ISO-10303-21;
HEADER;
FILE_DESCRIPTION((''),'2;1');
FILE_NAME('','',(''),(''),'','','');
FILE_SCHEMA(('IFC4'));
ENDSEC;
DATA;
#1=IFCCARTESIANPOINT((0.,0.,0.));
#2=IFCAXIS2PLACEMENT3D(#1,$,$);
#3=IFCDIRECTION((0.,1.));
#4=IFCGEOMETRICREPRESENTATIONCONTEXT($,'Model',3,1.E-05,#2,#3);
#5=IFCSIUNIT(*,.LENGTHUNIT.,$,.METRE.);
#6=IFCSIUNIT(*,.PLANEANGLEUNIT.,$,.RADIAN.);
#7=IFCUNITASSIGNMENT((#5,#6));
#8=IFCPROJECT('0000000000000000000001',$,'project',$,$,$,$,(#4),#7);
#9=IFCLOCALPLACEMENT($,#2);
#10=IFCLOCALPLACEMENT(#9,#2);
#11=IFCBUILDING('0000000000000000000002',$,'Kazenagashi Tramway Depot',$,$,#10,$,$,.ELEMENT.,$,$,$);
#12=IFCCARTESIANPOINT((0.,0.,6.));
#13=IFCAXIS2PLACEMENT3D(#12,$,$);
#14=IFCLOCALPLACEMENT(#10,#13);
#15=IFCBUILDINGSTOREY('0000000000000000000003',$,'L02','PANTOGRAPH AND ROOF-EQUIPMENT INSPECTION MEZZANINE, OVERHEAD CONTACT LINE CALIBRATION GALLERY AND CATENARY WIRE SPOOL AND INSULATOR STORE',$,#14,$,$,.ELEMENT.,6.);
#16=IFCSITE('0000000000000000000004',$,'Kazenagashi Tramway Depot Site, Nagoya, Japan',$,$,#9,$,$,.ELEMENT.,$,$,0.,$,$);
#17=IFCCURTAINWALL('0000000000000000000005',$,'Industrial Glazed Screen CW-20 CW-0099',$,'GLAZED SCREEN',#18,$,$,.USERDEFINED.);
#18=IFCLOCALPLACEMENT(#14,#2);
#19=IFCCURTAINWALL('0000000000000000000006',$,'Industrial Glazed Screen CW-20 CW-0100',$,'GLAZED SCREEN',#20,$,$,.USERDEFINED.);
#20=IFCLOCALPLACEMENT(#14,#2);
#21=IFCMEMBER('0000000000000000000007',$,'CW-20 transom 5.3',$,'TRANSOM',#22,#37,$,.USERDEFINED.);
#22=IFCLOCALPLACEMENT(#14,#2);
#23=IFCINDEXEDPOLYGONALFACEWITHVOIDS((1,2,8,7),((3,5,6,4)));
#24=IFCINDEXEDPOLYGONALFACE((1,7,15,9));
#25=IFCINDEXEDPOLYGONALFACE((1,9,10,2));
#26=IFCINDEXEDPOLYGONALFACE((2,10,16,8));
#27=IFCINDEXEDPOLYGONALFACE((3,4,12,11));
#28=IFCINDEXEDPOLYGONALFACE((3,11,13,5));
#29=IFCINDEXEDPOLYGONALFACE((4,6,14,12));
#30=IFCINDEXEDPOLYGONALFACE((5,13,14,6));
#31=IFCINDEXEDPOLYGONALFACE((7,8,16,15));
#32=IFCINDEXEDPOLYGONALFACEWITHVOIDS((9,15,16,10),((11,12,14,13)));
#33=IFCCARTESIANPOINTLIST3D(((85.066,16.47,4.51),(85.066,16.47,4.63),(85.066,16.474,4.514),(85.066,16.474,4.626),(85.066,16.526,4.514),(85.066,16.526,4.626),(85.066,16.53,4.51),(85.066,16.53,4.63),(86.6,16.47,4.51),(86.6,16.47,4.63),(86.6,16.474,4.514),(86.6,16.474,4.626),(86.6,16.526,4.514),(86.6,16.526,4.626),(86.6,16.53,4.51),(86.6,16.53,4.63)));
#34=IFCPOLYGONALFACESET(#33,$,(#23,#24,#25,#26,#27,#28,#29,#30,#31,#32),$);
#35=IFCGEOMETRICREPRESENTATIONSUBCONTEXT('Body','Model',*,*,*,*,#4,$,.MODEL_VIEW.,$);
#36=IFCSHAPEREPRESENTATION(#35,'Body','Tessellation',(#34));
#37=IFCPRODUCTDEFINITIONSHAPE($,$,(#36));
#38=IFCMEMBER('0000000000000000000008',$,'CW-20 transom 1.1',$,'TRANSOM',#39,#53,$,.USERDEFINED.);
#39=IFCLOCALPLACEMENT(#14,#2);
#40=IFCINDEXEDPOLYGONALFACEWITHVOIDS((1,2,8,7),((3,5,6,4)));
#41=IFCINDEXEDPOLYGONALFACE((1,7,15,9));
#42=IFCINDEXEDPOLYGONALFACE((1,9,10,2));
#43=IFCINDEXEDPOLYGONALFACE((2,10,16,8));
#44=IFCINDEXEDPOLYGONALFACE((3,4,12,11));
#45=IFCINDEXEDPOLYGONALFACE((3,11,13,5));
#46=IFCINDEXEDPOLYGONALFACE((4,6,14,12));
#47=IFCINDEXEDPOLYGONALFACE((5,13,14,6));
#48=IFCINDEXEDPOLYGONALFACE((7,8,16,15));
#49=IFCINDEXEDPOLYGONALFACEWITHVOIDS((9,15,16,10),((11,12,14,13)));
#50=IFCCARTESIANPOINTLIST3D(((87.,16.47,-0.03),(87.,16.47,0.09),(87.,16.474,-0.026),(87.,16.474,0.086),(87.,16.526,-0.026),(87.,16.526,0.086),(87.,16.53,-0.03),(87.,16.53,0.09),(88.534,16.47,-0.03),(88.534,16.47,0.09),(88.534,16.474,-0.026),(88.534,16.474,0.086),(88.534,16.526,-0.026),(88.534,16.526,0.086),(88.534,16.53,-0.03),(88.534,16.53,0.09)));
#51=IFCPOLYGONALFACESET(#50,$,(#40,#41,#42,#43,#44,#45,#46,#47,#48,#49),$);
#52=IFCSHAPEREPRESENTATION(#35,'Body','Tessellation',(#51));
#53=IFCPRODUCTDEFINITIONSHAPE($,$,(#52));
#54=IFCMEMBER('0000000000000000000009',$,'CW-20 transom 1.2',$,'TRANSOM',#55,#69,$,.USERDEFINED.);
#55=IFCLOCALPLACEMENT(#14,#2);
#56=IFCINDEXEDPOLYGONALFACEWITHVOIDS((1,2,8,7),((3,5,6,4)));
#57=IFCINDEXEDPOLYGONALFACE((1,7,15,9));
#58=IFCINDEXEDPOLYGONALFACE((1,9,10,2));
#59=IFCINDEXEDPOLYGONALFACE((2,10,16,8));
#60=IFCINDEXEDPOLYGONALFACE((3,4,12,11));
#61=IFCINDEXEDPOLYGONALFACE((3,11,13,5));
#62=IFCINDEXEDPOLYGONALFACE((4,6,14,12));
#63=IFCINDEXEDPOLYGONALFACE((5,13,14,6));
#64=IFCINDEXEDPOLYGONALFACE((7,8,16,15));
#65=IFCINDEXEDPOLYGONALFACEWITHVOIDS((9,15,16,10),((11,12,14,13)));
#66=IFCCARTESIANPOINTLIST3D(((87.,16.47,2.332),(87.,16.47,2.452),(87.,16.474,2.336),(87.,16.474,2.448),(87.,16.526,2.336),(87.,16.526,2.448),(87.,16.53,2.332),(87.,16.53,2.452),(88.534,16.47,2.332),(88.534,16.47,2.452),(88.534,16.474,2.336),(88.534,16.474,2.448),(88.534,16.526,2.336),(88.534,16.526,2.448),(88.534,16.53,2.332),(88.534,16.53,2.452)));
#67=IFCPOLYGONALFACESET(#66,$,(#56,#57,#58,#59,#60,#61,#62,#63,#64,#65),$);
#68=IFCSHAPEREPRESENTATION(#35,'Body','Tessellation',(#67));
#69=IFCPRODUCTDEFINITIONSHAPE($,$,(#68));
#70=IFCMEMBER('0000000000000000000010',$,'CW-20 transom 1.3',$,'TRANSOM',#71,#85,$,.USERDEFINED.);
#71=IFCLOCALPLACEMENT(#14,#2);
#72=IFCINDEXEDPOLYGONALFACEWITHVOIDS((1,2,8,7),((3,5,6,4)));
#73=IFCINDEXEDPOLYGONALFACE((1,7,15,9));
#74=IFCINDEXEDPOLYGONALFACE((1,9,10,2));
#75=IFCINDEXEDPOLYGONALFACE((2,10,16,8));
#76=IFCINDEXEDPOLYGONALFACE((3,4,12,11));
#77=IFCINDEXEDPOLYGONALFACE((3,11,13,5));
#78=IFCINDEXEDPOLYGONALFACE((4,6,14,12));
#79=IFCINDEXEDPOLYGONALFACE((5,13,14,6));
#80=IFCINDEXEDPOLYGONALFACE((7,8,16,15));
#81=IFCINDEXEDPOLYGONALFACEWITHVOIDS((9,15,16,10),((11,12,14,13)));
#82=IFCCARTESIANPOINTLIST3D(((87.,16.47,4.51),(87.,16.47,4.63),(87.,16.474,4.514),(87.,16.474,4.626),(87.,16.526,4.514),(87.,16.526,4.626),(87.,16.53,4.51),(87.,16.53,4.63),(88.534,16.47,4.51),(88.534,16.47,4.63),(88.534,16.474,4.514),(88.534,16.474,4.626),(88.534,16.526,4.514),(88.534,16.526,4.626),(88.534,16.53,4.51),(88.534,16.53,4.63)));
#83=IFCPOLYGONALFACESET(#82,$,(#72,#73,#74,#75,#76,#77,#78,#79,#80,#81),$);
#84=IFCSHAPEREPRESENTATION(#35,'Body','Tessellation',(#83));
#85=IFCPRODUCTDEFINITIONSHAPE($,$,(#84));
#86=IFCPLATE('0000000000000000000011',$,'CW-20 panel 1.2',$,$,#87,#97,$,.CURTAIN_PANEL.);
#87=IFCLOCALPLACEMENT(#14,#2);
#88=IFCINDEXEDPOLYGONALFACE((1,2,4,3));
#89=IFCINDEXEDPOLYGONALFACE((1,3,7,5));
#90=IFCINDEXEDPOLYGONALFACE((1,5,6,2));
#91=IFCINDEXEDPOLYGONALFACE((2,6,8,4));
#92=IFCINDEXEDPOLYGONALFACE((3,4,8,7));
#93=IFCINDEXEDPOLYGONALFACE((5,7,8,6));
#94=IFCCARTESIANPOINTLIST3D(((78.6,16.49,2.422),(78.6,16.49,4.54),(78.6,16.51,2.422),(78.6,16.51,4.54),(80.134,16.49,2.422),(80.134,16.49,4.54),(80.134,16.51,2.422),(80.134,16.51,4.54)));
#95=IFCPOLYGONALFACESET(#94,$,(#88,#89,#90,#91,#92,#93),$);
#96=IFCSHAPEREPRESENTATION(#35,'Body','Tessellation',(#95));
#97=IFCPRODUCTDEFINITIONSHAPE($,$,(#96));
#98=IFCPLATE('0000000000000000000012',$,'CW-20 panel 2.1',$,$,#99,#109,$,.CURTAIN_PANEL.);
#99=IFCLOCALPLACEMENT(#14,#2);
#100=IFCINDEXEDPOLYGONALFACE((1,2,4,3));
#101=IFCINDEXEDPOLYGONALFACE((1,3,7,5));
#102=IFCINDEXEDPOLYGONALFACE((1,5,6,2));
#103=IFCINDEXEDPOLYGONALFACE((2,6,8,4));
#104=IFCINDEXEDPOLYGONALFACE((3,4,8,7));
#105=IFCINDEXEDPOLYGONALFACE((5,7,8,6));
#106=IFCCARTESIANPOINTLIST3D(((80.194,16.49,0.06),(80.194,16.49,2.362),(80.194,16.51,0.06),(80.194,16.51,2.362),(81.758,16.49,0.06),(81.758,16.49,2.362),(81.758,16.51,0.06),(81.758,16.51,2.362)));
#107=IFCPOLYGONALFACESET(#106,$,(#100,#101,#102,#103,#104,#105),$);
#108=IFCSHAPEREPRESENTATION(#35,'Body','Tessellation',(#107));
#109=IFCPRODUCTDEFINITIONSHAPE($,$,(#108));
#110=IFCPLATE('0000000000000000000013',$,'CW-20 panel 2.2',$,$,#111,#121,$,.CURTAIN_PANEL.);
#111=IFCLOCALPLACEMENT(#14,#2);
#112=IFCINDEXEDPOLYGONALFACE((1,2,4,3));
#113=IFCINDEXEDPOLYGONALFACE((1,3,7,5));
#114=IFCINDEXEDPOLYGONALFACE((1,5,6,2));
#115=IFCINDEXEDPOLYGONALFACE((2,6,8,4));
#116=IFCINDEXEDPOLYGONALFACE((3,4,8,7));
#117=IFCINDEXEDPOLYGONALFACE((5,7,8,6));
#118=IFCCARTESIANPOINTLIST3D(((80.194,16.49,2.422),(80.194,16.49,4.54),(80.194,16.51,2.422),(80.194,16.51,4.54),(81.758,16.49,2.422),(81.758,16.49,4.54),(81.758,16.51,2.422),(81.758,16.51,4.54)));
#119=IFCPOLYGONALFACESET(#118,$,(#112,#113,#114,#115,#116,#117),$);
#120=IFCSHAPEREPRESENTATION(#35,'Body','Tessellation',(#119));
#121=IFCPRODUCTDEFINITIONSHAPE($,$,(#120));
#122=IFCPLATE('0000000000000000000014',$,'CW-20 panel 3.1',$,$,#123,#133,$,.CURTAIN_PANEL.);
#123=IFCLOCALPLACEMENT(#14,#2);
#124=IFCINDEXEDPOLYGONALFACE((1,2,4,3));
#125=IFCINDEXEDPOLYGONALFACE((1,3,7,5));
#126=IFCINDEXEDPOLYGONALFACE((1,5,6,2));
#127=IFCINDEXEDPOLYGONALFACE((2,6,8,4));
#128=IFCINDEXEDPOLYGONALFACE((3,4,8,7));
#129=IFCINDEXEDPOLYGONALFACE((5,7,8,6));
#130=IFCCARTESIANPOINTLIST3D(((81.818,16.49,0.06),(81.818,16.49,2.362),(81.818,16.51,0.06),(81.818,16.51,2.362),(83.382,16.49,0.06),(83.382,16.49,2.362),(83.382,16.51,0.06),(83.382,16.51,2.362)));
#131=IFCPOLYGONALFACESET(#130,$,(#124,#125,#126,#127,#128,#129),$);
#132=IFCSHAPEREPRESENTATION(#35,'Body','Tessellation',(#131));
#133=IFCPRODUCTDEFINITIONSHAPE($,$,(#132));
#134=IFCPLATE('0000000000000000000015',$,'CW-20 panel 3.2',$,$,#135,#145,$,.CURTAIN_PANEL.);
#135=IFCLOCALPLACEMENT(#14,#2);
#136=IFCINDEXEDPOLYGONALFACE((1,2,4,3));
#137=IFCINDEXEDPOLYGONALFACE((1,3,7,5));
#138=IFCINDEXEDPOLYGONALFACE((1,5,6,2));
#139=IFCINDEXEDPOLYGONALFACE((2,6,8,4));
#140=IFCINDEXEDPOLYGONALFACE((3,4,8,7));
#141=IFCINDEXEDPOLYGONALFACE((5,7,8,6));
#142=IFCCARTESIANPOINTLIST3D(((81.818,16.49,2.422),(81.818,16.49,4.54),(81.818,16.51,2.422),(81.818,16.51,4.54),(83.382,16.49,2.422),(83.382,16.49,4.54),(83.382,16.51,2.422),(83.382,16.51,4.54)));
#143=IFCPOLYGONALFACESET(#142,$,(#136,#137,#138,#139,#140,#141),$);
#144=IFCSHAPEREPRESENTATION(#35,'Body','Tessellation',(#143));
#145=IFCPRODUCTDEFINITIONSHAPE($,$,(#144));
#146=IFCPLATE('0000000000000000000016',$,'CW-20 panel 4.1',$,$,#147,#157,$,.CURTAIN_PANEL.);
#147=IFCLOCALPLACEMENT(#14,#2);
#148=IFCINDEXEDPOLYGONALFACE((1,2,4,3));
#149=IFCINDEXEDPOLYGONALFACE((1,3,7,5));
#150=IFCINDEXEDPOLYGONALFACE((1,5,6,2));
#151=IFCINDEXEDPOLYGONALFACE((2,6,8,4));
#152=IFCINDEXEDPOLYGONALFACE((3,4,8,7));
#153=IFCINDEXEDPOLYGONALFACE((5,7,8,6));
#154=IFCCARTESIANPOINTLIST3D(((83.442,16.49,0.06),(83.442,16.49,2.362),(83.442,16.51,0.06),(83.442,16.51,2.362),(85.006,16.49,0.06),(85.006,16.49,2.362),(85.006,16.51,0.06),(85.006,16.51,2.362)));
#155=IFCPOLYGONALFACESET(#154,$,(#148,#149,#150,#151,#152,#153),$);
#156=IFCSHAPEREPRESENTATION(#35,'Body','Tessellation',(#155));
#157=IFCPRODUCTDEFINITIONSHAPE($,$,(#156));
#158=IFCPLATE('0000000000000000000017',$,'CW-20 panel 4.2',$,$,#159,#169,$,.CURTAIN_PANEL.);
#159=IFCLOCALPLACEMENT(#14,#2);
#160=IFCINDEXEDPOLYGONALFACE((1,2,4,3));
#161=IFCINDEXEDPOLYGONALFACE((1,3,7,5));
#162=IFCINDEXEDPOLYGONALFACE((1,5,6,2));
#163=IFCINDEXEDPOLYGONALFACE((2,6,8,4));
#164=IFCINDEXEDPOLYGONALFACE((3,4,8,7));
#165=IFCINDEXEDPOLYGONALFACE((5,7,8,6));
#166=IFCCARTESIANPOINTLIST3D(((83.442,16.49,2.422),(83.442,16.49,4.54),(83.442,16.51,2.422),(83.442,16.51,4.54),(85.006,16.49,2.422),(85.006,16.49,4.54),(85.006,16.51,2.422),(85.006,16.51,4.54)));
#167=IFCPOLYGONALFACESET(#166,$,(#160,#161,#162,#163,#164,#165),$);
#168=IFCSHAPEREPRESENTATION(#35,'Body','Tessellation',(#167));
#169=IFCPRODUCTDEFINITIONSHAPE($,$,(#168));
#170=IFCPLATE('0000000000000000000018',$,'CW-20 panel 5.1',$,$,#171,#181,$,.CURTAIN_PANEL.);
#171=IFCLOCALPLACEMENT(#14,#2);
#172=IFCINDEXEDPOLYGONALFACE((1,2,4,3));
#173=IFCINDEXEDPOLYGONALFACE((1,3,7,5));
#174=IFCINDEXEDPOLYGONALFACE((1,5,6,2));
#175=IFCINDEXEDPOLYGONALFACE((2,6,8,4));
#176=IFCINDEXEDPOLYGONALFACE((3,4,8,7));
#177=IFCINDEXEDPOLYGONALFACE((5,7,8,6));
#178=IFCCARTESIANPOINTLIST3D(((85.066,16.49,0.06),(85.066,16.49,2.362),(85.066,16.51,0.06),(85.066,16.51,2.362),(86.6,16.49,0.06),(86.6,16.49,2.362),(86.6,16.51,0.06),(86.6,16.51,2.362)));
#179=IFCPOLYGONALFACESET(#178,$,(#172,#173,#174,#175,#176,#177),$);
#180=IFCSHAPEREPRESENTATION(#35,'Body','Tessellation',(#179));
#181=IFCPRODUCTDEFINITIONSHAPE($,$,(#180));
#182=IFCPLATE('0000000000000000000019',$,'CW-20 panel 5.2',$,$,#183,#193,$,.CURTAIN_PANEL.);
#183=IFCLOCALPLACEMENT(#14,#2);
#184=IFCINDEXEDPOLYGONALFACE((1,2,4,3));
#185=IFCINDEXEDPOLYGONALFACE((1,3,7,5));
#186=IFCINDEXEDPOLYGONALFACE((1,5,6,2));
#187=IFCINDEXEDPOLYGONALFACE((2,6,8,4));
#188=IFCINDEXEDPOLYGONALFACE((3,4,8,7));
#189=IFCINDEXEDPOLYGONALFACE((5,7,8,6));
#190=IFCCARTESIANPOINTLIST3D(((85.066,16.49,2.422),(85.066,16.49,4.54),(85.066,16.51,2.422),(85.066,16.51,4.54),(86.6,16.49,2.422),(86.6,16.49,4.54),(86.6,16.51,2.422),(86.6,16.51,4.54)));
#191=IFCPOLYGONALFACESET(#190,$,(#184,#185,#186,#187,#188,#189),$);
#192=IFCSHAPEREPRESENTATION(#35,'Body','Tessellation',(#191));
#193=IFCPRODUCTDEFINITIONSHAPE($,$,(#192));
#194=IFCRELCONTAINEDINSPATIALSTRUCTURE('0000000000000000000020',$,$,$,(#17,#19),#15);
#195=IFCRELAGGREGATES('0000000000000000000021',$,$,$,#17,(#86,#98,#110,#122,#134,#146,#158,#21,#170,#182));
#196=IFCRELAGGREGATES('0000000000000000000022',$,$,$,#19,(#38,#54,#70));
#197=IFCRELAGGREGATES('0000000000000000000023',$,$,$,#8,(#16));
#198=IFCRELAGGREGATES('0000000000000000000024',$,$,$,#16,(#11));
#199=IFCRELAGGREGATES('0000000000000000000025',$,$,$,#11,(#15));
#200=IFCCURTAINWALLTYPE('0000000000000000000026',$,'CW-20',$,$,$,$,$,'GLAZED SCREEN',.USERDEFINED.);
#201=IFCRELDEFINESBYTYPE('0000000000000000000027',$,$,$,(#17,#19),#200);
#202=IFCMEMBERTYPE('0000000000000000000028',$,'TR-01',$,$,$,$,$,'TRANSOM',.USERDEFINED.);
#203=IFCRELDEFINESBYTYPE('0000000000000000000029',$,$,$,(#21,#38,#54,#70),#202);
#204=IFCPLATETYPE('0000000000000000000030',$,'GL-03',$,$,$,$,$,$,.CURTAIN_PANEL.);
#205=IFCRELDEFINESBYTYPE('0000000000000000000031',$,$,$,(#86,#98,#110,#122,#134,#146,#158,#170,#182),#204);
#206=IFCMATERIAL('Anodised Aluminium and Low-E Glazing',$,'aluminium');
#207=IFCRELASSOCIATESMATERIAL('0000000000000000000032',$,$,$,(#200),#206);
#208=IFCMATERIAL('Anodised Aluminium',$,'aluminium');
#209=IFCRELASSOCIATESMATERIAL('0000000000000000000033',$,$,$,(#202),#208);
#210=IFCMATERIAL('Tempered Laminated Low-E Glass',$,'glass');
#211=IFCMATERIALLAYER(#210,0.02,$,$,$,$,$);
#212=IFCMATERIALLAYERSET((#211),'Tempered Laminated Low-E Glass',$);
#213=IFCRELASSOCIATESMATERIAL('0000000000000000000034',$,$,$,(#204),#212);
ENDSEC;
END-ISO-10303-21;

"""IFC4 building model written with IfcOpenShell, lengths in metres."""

from ifc_helpers import new_model, si_unit, direction, frame, origin, origin_2d, place, context, subcontext, project, spatial, rectangle, hollow_rectangle, extrude, material, layer, layer_set, material_profile, profile_set, type_object, element, aggregate, save


model = new_model("IFC4")

# Units and contexts
model_context = context("Model", 3, precision=1e-05, world=origin(), true_north=direction((0.0, 1.0)))
body_context = subcontext(model_context, "Body", "Model", "MODEL_VIEW")
ifc_project = project(units=[si_unit("LENGTHUNIT", "METRE"), si_unit("PLANEANGLEUNIT", "RADIAN")], contexts=[model_context])

# Site, building, storey
site_placement = place(None, origin())
site = spatial("IfcSite", under=ifc_project, at=site_placement, Name="Kazenagashi Tramway Depot Site, Nagoya, Japan", CompositionType="ELEMENT", RefElevation=0.0)
building_placement = place(site_placement, origin())
building = spatial("IfcBuilding", under=site, at=building_placement, Name="Kazenagashi Tramway Depot", CompositionType="ELEMENT")
storey_placement = place(building_placement, frame((0.0, 0.0, 6.0)))
storey = spatial("IfcBuildingStorey", under=building, at=storey_placement, Name="L02", Description="PANTOGRAPH AND ROOF-EQUIPMENT INSPECTION MEZZANINE, OVERHEAD CONTACT LINE CALIBRATION GALLERY AND CATENARY WIRE SPOOL AND INSULATOR STORE", CompositionType="ELEMENT", Elevation=6.0)

# Curtain wall
ifc_material_1 = material(Name="Anodised Aluminium and Low-E Glazing", Category="aluminium")
curtain_wall_type = type_object("IfcCurtainWallType", Name="CW-20", ElementType="GLAZED SCREEN", PredefinedType="USERDEFINED", material=ifc_material_1)
curtain_wall_1_placement = place(storey_placement, origin())
curtain_wall_1 = element("IfcCurtainWall", 1, at=curtain_wall_1_placement, inside=storey, type_object=curtain_wall_type, Name="Industrial Glazed Screen CW-20 CW-0099", ObjectType="GLAZED SCREEN", PredefinedType="USERDEFINED")
ifc_material_2 = material(Name="Anodised Aluminium", Category="aluminium")

# Curtain wall
curtain_wall_2_placement = place(storey_placement, origin())
curtain_wall_2 = element("IfcCurtainWall", 2, at=curtain_wall_2_placement, inside=storey, type_object=curtain_wall_type, Name="Industrial Glazed Screen CW-20 CW-0100", ObjectType="GLAZED SCREEN", PredefinedType="USERDEFINED")

# Members
ifc_material_profile_1 = material_profile(ifc_material_2, hollow_rectangle(XDim=0.06, YDim=0.12, WallThickness=0.004, at=origin_2d()), Name="RHS-120x60x4")
ifc_profile_set_1 = profile_set([ifc_material_profile_1], Name="Anodised Aluminium")
member_type_1 = type_object("IfcMemberType", Name="TR-01", ElementType="TRANSOM", PredefinedType="USERDEFINED", material=ifc_profile_set_1)
member_1_placement = place(storey_placement, frame((85.066, 16.5, 4.57), z_axis=(1.0, 0.0, 0.0), x_axis=(0.0, 1.0, 0.0)))
member_1 = element("IfcMember", 3, at=member_1_placement, type_object=member_type_1, Name="CW-20 transom 5.3", ObjectType="TRANSOM", PredefinedType="USERDEFINED", context=body_context, shape_type="SweptSolid", body=[
    extrude(hollow_rectangle(XDim=0.06, YDim=0.12, WallThickness=0.004, at=origin_2d()), origin(), (0.0, 0.0, 1.0), 1.534),
])
member_2_placement = place(storey_placement, frame((87.0, 16.5, 0.03), z_axis=(1.0, 0.0, 0.0), x_axis=(0.0, 1.0, 0.0)))
member_2 = element("IfcMember", 4, at=member_2_placement, type_object=member_type_1, Name="CW-20 transom 1.1", ObjectType="TRANSOM", PredefinedType="USERDEFINED", context=body_context, shape_type="SweptSolid", body=[
    extrude(hollow_rectangle(XDim=0.06, YDim=0.12, WallThickness=0.004, at=origin_2d()), origin(), (0.0, 0.0, 1.0), 1.534),
])
member_3_placement = place(storey_placement, frame((87.0, 16.5, 2.392), z_axis=(1.0, 0.0, 0.0), x_axis=(0.0, 1.0, 0.0)))
member_3 = element("IfcMember", 5, at=member_3_placement, type_object=member_type_1, Name="CW-20 transom 1.2", ObjectType="TRANSOM", PredefinedType="USERDEFINED", context=body_context, shape_type="SweptSolid", body=[
    extrude(hollow_rectangle(XDim=0.06, YDim=0.12, WallThickness=0.004, at=origin_2d()), origin(), (0.0, 0.0, 1.0), 1.534),
])
member_4_placement = place(storey_placement, frame((87.0, 16.5, 4.57), z_axis=(1.0, 0.0, 0.0), x_axis=(0.0, 1.0, 0.0)))
member_4 = element("IfcMember", 6, at=member_4_placement, type_object=member_type_1, Name="CW-20 transom 1.3", ObjectType="TRANSOM", PredefinedType="USERDEFINED", context=body_context, shape_type="SweptSolid", body=[
    extrude(hollow_rectangle(XDim=0.06, YDim=0.12, WallThickness=0.004, at=origin_2d()), origin(), (0.0, 0.0, 1.0), 1.534),
])

# Plates
ifc_material_3 = material(Name="Tempered Laminated Low-E Glass", Category="glass")
ifc_layer_1 = layer(ifc_material_3, 0.02)
ifc_layer_set_1 = layer_set([ifc_layer_1], Name="Tempered Laminated Low-E Glass")
plate_type_1 = type_object("IfcPlateType", Name="GL-03", PredefinedType="CURTAIN_PANEL", material=ifc_layer_set_1)
plate_1_placement = place(storey_placement, frame((79.367, 16.5, 2.422), z_axis=(0.0, 0.0, 1.0), x_axis=(1.0, 0.0, 0.0)))
plate_1 = element("IfcPlate", 7, at=plate_1_placement, type_object=plate_type_1, Name="CW-20 panel 1.2", PredefinedType="CURTAIN_PANEL", context=body_context, shape_type="SweptSolid", body=[
    extrude(rectangle(XDim=1.534, YDim=0.02, at=origin_2d()), origin(), (0.0, 0.0, 1.0), 2.118),
])
plate_2_placement = place(storey_placement, frame((80.976, 16.5, 0.06), z_axis=(0.0, 0.0, 1.0), x_axis=(1.0, 0.0, 0.0)))
plate_2 = element("IfcPlate", 8, at=plate_2_placement, type_object=plate_type_1, Name="CW-20 panel 2.1", PredefinedType="CURTAIN_PANEL", context=body_context, shape_type="SweptSolid", body=[
    extrude(rectangle(XDim=1.564, YDim=0.02, at=origin_2d()), origin(), (0.0, 0.0, 1.0), 2.302),
])
plate_3_placement = place(storey_placement, frame((80.976, 16.5, 2.422), z_axis=(0.0, 0.0, 1.0), x_axis=(1.0, 0.0, 0.0)))
plate_3 = element("IfcPlate", 9, at=plate_3_placement, type_object=plate_type_1, Name="CW-20 panel 2.2", PredefinedType="CURTAIN_PANEL", context=body_context, shape_type="SweptSolid", body=[
    extrude(rectangle(XDim=1.564, YDim=0.02, at=origin_2d()), origin(), (0.0, 0.0, 1.0), 2.118),
])
plate_4_placement = place(storey_placement, frame((82.6, 16.5, 0.06), z_axis=(0.0, 0.0, 1.0), x_axis=(1.0, 0.0, 0.0)))
plate_4 = element("IfcPlate", 10, at=plate_4_placement, type_object=plate_type_1, Name="CW-20 panel 3.1", PredefinedType="CURTAIN_PANEL", context=body_context, shape_type="SweptSolid", body=[
    extrude(rectangle(XDim=1.564, YDim=0.02, at=origin_2d()), origin(), (0.0, 0.0, 1.0), 2.302),
])
plate_5_placement = place(storey_placement, frame((82.6, 16.5, 2.422), z_axis=(0.0, 0.0, 1.0), x_axis=(1.0, 0.0, 0.0)))
plate_5 = element("IfcPlate", 11, at=plate_5_placement, type_object=plate_type_1, Name="CW-20 panel 3.2", PredefinedType="CURTAIN_PANEL", context=body_context, shape_type="SweptSolid", body=[
    extrude(rectangle(XDim=1.564, YDim=0.02, at=origin_2d()), origin(), (0.0, 0.0, 1.0), 2.118),
])
plate_6_placement = place(storey_placement, frame((84.224, 16.5, 0.06), z_axis=(0.0, 0.0, 1.0), x_axis=(1.0, 0.0, 0.0)))
plate_6 = element("IfcPlate", 12, at=plate_6_placement, type_object=plate_type_1, Name="CW-20 panel 4.1", PredefinedType="CURTAIN_PANEL", context=body_context, shape_type="SweptSolid", body=[
    extrude(rectangle(XDim=1.564, YDim=0.02, at=origin_2d()), origin(), (0.0, 0.0, 1.0), 2.302),
])
plate_7_placement = place(storey_placement, frame((84.224, 16.5, 2.422), z_axis=(0.0, 0.0, 1.0), x_axis=(1.0, 0.0, 0.0)))
plate_7 = element("IfcPlate", 13, at=plate_7_placement, type_object=plate_type_1, Name="CW-20 panel 4.2", PredefinedType="CURTAIN_PANEL", context=body_context, shape_type="SweptSolid", body=[
    extrude(rectangle(XDim=1.564, YDim=0.02, at=origin_2d()), origin(), (0.0, 0.0, 1.0), 2.118),
])
plate_8_placement = place(storey_placement, frame((85.833, 16.5, 0.06), z_axis=(0.0, 0.0, 1.0), x_axis=(1.0, 0.0, 0.0)))
plate_8 = element("IfcPlate", 14, at=plate_8_placement, type_object=plate_type_1, Name="CW-20 panel 5.1", PredefinedType="CURTAIN_PANEL", context=body_context, shape_type="SweptSolid", body=[
    extrude(rectangle(XDim=1.534, YDim=0.02, at=origin_2d()), origin(), (0.0, 0.0, 1.0), 2.302),
])
plate_9_placement = place(storey_placement, frame((85.833, 16.5, 2.422), z_axis=(0.0, 0.0, 1.0), x_axis=(1.0, 0.0, 0.0)))
plate_9 = element("IfcPlate", 15, at=plate_9_placement, type_object=plate_type_1, Name="CW-20 panel 5.2", PredefinedType="CURTAIN_PANEL", context=body_context, shape_type="SweptSolid", body=[
    extrude(rectangle(XDim=1.534, YDim=0.02, at=origin_2d()), origin(), (0.0, 0.0, 1.0), 2.118),
])
aggregate(curtain_wall_1, [plate_1, plate_2, plate_3, plate_4, plate_5, plate_6, plate_7, member_1, plate_8, plate_9])
aggregate(curtain_wall_2, [member_2, member_3, member_4])

save(model, "model.ifc")
